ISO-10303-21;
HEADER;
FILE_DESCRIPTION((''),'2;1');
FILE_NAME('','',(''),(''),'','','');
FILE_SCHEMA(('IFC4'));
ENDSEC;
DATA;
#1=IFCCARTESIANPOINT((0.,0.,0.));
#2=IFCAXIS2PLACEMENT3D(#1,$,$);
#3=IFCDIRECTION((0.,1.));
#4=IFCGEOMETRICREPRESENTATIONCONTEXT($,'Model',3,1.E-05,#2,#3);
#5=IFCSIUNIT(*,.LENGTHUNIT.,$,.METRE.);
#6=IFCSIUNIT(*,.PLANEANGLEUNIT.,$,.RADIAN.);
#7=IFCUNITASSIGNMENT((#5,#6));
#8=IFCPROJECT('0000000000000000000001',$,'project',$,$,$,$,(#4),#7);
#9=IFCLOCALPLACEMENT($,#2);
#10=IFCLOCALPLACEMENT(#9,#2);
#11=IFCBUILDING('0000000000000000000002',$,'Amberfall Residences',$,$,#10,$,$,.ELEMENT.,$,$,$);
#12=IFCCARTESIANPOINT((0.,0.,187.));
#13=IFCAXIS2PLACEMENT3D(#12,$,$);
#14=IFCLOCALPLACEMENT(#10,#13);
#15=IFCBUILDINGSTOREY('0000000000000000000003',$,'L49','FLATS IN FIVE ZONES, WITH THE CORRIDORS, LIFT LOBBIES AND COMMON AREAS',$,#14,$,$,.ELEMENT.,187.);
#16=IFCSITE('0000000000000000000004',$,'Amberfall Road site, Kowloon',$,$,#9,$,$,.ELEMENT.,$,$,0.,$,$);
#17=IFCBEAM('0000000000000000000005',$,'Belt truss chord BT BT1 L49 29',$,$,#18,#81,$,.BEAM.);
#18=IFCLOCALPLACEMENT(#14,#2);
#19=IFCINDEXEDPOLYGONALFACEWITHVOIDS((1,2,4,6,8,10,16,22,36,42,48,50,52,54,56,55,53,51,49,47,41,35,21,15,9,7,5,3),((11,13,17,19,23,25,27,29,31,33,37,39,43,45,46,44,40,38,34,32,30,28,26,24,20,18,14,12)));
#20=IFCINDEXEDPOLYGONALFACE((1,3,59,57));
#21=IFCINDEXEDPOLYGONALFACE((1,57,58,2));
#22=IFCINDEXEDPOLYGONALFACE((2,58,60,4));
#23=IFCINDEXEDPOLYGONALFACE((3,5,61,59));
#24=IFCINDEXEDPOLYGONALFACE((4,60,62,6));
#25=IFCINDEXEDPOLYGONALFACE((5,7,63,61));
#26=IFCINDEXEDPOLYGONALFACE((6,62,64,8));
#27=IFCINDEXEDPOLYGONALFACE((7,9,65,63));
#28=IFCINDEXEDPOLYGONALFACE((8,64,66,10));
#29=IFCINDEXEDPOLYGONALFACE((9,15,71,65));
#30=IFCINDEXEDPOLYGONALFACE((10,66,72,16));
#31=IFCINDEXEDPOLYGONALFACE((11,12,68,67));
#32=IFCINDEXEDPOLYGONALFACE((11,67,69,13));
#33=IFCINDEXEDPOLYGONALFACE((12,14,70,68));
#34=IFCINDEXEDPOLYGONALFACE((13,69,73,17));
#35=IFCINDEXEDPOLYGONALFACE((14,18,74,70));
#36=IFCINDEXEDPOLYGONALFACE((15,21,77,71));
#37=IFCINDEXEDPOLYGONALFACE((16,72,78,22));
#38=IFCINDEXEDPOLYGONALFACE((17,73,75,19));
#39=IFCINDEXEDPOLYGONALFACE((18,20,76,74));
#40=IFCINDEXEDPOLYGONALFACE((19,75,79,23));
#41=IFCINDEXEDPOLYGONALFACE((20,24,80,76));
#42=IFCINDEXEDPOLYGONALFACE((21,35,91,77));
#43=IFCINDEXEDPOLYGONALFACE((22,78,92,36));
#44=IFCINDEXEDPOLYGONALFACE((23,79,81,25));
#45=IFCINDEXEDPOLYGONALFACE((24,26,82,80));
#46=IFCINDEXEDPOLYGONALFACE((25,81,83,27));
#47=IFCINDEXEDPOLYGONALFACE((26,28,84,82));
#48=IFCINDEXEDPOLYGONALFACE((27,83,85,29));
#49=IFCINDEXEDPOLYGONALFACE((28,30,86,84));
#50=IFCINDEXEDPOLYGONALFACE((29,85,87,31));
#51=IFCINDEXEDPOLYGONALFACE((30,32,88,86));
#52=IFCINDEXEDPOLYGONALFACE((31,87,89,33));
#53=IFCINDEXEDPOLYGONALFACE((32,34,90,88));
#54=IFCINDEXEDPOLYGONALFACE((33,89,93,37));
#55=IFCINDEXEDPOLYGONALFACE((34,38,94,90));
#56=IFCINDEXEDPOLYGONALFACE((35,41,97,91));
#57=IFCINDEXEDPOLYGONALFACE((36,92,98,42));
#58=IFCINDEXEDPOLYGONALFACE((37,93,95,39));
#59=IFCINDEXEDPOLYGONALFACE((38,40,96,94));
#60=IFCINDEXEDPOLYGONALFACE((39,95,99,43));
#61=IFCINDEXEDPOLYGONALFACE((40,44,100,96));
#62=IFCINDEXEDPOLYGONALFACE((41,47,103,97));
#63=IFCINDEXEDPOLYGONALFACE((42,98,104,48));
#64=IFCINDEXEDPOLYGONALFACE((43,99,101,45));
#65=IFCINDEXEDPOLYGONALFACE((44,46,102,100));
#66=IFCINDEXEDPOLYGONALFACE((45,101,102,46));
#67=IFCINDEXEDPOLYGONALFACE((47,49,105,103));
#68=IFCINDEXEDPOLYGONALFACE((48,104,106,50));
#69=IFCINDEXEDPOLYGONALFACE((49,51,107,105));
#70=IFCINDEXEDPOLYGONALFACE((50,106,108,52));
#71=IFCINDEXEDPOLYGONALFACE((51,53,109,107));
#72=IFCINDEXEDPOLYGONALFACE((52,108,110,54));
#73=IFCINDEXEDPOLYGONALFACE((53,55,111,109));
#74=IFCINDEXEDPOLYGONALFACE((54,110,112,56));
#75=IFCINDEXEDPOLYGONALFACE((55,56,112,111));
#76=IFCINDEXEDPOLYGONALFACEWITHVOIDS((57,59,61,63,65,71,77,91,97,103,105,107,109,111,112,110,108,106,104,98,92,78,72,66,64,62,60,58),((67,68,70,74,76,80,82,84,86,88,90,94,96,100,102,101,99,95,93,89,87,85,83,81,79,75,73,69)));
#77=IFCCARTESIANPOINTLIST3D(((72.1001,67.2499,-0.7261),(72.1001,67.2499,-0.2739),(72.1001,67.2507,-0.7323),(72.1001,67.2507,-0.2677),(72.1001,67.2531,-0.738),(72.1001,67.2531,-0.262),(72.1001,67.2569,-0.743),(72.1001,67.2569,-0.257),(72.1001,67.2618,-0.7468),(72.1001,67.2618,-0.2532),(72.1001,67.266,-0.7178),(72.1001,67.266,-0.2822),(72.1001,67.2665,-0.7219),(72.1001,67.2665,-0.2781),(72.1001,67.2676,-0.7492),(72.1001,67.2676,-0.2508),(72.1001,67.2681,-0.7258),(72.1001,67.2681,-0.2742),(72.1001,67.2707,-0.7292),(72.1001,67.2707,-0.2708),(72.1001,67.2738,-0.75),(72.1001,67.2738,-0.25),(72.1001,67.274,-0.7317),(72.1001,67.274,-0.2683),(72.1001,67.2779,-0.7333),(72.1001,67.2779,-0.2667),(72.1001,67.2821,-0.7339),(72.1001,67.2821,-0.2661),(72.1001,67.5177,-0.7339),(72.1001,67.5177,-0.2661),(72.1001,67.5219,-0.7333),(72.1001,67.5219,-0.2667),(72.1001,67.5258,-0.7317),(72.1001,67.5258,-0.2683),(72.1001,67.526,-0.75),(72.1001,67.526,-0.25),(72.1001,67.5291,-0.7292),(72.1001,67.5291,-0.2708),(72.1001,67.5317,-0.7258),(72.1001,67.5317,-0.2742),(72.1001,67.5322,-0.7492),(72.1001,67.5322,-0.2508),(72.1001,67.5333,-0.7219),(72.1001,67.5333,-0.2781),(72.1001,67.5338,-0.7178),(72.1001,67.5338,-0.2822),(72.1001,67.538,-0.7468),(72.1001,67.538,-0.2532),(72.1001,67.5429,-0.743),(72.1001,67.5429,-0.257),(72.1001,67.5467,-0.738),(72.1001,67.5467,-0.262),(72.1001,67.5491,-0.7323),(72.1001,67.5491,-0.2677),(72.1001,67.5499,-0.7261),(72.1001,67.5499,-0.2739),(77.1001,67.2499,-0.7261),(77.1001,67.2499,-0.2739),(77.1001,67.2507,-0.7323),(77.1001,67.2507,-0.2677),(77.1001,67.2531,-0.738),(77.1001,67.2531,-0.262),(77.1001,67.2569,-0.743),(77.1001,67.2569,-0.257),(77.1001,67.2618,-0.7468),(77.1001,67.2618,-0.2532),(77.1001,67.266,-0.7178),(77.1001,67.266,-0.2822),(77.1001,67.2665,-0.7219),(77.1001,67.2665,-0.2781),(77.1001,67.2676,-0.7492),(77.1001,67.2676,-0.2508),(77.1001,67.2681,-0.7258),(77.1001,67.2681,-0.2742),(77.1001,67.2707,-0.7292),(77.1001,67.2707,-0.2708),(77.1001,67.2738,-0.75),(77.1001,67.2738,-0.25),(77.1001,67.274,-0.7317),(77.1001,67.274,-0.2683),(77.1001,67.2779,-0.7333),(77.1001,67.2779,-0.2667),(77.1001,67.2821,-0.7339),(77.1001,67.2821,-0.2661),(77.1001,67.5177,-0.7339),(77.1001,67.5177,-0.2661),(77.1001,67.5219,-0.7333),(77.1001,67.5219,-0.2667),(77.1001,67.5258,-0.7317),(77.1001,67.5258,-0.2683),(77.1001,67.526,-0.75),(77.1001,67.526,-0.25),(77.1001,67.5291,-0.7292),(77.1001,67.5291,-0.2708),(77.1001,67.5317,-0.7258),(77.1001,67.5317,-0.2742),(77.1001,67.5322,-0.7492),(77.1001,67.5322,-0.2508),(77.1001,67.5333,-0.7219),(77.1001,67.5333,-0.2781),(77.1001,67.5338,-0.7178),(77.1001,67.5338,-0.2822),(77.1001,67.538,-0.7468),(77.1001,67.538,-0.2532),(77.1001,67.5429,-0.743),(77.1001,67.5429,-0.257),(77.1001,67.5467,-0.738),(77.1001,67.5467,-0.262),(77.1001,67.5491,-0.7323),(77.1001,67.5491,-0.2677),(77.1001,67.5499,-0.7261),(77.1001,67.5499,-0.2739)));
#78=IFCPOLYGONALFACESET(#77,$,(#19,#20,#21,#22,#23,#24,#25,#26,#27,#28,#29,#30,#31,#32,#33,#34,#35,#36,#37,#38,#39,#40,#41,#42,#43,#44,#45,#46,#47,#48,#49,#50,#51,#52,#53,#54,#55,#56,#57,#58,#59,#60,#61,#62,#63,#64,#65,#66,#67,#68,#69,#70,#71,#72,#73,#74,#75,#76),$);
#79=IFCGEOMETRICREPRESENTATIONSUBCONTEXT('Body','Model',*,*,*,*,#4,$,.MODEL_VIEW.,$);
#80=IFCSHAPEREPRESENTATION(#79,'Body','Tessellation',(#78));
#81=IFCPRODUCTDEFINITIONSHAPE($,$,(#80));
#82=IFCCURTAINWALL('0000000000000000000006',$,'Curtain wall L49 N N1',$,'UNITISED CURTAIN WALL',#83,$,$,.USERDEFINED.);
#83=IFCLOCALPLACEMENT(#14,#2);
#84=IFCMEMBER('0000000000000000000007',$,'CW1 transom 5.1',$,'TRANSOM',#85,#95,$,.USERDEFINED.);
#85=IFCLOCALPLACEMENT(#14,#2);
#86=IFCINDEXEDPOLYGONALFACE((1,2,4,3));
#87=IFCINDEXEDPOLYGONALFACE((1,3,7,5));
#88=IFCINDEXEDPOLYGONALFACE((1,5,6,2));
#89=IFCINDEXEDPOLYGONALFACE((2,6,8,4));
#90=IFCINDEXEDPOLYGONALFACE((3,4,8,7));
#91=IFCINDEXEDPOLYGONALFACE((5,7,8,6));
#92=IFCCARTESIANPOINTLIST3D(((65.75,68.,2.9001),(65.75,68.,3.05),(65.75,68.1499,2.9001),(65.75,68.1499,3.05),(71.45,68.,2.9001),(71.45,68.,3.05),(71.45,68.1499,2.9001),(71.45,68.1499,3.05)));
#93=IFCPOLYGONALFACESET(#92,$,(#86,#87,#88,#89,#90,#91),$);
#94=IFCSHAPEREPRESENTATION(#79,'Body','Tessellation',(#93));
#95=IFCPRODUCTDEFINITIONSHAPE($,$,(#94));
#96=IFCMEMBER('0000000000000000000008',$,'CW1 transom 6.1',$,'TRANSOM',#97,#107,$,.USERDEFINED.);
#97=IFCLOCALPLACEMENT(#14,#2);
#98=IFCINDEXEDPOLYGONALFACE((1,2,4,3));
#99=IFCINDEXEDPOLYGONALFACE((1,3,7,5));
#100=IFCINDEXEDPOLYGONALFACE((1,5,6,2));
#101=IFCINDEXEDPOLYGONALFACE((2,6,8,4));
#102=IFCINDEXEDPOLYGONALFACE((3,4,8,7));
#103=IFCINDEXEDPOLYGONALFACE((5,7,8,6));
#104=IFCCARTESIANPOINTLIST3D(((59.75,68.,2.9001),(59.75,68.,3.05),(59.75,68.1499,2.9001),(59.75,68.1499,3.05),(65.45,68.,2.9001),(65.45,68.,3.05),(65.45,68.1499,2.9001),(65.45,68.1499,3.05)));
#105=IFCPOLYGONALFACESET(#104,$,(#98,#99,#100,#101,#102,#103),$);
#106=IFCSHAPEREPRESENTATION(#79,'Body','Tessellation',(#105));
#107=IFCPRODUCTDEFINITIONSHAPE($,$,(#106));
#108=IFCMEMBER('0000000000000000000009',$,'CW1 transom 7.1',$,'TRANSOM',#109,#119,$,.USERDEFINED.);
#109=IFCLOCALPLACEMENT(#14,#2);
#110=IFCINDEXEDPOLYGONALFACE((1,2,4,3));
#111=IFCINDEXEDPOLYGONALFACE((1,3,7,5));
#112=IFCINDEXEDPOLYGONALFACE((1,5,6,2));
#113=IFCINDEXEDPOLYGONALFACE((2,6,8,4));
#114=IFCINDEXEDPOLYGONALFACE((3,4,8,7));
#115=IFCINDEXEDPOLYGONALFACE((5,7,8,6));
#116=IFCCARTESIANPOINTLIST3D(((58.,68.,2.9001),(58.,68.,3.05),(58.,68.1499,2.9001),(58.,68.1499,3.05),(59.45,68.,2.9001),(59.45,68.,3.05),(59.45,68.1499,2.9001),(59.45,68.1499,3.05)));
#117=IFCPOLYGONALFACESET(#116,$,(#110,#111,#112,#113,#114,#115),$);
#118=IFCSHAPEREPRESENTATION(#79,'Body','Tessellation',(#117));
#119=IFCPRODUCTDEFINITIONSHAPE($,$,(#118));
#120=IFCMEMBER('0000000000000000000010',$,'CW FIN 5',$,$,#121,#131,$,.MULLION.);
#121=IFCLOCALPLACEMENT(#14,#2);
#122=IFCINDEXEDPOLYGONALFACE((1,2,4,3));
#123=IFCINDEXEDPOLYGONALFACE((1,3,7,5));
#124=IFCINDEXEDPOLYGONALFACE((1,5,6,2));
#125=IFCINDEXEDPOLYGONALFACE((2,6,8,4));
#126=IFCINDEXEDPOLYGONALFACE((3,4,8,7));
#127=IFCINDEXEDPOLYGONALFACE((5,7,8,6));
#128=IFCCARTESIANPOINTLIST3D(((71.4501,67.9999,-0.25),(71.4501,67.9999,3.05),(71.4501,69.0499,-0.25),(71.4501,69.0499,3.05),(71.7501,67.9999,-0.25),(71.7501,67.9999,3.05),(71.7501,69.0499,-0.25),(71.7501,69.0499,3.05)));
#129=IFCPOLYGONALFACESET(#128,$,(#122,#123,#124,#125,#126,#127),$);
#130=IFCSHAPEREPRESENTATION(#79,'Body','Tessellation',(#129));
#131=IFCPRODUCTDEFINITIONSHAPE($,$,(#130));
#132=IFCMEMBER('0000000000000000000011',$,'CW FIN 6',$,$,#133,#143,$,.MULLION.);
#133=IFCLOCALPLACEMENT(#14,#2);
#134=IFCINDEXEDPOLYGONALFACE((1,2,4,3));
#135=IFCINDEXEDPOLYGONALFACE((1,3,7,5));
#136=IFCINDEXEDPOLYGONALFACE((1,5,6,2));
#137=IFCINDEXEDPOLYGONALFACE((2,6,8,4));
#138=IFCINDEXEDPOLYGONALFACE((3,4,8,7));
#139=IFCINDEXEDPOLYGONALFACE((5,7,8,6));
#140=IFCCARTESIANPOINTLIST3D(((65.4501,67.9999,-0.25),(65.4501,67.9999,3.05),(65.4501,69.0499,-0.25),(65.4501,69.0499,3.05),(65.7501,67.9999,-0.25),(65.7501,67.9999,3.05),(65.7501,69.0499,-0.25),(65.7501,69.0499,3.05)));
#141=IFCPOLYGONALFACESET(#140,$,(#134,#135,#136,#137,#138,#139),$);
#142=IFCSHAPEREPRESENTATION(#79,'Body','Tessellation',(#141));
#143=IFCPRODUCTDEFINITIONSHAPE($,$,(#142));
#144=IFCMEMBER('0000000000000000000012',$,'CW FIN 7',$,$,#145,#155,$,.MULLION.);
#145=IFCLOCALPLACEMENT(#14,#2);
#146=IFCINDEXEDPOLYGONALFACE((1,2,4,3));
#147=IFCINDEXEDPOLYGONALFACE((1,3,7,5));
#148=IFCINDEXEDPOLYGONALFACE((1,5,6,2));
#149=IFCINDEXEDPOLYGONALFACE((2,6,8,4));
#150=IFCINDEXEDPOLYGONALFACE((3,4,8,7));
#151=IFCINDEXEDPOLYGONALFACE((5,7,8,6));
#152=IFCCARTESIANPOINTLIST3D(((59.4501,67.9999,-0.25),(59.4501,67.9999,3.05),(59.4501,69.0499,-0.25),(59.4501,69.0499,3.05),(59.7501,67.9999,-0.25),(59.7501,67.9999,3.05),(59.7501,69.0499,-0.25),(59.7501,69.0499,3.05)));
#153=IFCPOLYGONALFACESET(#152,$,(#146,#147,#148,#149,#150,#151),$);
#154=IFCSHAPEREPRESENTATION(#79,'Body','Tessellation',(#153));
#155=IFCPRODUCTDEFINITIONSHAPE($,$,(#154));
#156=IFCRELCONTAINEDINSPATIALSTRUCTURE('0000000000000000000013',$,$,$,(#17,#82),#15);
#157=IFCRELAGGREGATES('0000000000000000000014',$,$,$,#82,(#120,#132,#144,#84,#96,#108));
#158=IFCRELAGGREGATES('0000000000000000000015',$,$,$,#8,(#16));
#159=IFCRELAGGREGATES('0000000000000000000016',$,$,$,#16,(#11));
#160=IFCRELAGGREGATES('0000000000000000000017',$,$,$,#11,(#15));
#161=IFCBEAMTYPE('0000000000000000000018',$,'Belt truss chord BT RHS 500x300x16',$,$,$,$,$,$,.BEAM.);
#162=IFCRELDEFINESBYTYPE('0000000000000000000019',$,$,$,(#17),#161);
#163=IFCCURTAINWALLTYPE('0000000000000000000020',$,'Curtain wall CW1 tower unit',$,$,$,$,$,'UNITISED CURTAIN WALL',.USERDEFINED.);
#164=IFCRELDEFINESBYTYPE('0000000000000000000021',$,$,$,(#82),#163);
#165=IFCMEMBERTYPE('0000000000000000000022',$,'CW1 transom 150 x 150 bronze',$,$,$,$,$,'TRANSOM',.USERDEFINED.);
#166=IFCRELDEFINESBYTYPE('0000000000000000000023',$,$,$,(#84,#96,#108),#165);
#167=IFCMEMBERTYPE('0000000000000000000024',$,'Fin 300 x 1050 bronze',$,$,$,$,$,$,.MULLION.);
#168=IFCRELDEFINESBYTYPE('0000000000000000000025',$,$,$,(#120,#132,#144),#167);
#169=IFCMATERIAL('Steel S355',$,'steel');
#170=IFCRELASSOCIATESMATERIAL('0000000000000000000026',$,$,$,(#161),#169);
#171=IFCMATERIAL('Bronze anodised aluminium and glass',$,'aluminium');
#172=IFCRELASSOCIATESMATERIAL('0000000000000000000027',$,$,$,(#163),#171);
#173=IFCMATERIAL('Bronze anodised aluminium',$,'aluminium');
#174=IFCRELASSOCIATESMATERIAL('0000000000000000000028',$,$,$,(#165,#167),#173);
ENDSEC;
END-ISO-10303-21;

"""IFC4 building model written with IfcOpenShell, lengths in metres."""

from ifc_helpers import new_model, si_unit, direction, frame, origin, origin_2d, place, context, subcontext, project, spatial, rectangle, hollow_rectangle, extrude, material, material_profile, profile_set, type_object, element, aggregate, save


model = new_model("IFC4")

# Units and contexts
model_context = context("Model", 3, precision=1e-05, world=origin(), true_north=direction((0.0, 1.0)))
body_context = subcontext(model_context, "Body", "Model", "MODEL_VIEW")
ifc_project = project(units=[si_unit("LENGTHUNIT", "METRE"), si_unit("PLANEANGLEUNIT", "RADIAN")], contexts=[model_context])

# Site, building, storey
site_placement = place(None, origin())
site = spatial("IfcSite", under=ifc_project, at=site_placement, Name="Amberfall Road site, Kowloon", CompositionType="ELEMENT", RefElevation=0.0)
building_placement = place(site_placement, origin())
building = spatial("IfcBuilding", under=site, at=building_placement, Name="Amberfall Residences", CompositionType="ELEMENT")
storey_placement = place(building_placement, frame((0.0, 0.0, 187.0)))
storey = spatial("IfcBuildingStorey", under=building, at=storey_placement, Name="L49", Description="FLATS IN FIVE ZONES, WITH THE CORRIDORS, LIFT LOBBIES AND COMMON AREAS", CompositionType="ELEMENT", Elevation=187.0)

# Beam
ifc_material_1 = material(Name="Steel S355", Category="steel")
ifc_material_profile_1 = material_profile(ifc_material_1, hollow_rectangle(XDim=0.3, YDim=0.5, WallThickness=0.0161, InnerFilletRadius=0.0161, OuterFilletRadius=0.0239, at=origin_2d()), Name="RHS 500x300x16")
ifc_profile_set_1 = profile_set([ifc_material_profile_1], Name="Steel S355")
beam_type_1 = type_object("IfcBeamType", Name="Belt truss chord BT RHS 500x300x16", PredefinedType="BEAM", material=ifc_profile_set_1)
for number, where, z_axis, x_axis, name in (
    (1, (72.1001, 67.3999, -0.5), (1.0, 0.0, 0.0), (0.0, 1.0, 0.0), "Belt truss chord BT BT1 L49 29"),
):
    element("IfcBeam", number, at=place(storey_placement, frame(where, z_axis=z_axis, x_axis=x_axis)), inside=storey, type_object=beam_type_1, Name=name, PredefinedType="BEAM", context=body_context, shape_type="SweptSolid", body=[
        extrude(hollow_rectangle(XDim=0.3, YDim=0.5, WallThickness=0.0161, InnerFilletRadius=0.0161, OuterFilletRadius=0.0239, at=origin_2d()), origin(), (0.0, 0.0, 1.0), 5.0),
    ])

# Curtain wall, members
ifc_material_2 = material(Name="Bronze anodised aluminium and glass", Category="aluminium")
curtain_wall_type = type_object("IfcCurtainWallType", Name="Curtain wall CW1 tower unit", ElementType="UNITISED CURTAIN WALL", PredefinedType="USERDEFINED", material=ifc_material_2)
curtain_wall_placement = place(storey_placement, origin())
curtain_wall = element("IfcCurtainWall", 2, at=curtain_wall_placement, inside=storey, type_object=curtain_wall_type, Name="Curtain wall L49 N N1", ObjectType="UNITISED CURTAIN WALL", PredefinedType="USERDEFINED")
ifc_material_3 = material(Name="Bronze anodised aluminium", Category="aluminium")
ifc_material_profile_2 = material_profile(ifc_material_3, rectangle(XDim=0.1499, YDim=0.1499, at=origin_2d()), Name="CW1 transom 150 x 150 bronze")
ifc_profile_set_2 = profile_set([ifc_material_profile_2], Name="Bronze anodised aluminium")
member_type_1 = type_object("IfcMemberType", Name="CW1 transom 150 x 150 bronze", ElementType="TRANSOM", PredefinedType="USERDEFINED", material=ifc_profile_set_2)
member_1_placement = place(storey_placement, frame((71.45, 68.075, 2.9751), z_axis=(-1.0, 0.0, 0.0), x_axis=(0.0, -1.0, 0.0)))
member_1 = element("IfcMember", 3, at=member_1_placement, type_object=member_type_1, Name="CW1 transom 5.1", ObjectType="TRANSOM", PredefinedType="USERDEFINED", context=body_context, shape_type="SweptSolid", body=[
    extrude(rectangle(XDim=0.1499, YDim=0.1499, at=origin_2d()), origin(), (0.0, 0.0, 1.0), 5.7),
])
member_2_placement = place(storey_placement, frame((65.45, 68.075, 2.9751), z_axis=(-1.0, 0.0, 0.0), x_axis=(0.0, -1.0, 0.0)))
member_2 = element("IfcMember", 4, at=member_2_placement, type_object=member_type_1, Name="CW1 transom 6.1", ObjectType="TRANSOM", PredefinedType="USERDEFINED", context=body_context, shape_type="SweptSolid", body=[
    extrude(rectangle(XDim=0.1499, YDim=0.1499, at=origin_2d()), origin(), (0.0, 0.0, 1.0), 5.7),
])
member_3_placement = place(storey_placement, frame((59.45, 68.075, 2.9751), z_axis=(-1.0, 0.0, 0.0), x_axis=(0.0, -1.0, 0.0)))
member_3 = element("IfcMember", 5, at=member_3_placement, type_object=member_type_1, Name="CW1 transom 7.1", ObjectType="TRANSOM", PredefinedType="USERDEFINED", context=body_context, shape_type="SweptSolid", body=[
    extrude(rectangle(XDim=0.1499, YDim=0.1499, at=origin_2d()), origin(), (0.0, 0.0, 1.0), 1.45),
])
ifc_material_profile_3 = material_profile(ifc_material_3, rectangle(XDim=1.05, YDim=0.3, at=origin_2d()), Name="Fin 300 x 1050 bronze")
ifc_profile_set_3 = profile_set([ifc_material_profile_3], Name="Bronze anodised aluminium")
member_type_2 = type_object("IfcMemberType", Name="Fin 300 x 1050 bronze", PredefinedType="MULLION", material=ifc_profile_set_3)
member_4_placement = place(storey_placement, frame((71.6001, 68.5249, -0.25), z_axis=(0.0, 0.0, 1.0), x_axis=(0.0, -1.0, 0.0)))
member_4 = element("IfcMember", 6, at=member_4_placement, type_object=member_type_2, Name="CW FIN 5", PredefinedType="MULLION", context=body_context, shape_type="SweptSolid", body=[
    extrude(rectangle(XDim=1.05, YDim=0.3, at=origin_2d()), origin(), (0.0, 0.0, 1.0), 3.3),
])
member_5_placement = place(storey_placement, frame((65.6001, 68.5249, -0.25), z_axis=(0.0, 0.0, 1.0), x_axis=(0.0, -1.0, 0.0)))
member_5 = element("IfcMember", 7, at=member_5_placement, type_object=member_type_2, Name="CW FIN 6", PredefinedType="MULLION", context=body_context, shape_type="SweptSolid", body=[
    extrude(rectangle(XDim=1.05, YDim=0.3, at=origin_2d()), origin(), (0.0, 0.0, 1.0), 3.3),
])
member_6_placement = place(storey_placement, frame((59.6001, 68.5249, -0.25), z_axis=(0.0, 0.0, 1.0), x_axis=(0.0, -1.0, 0.0)))
member_6 = element("IfcMember", 8, at=member_6_placement, type_object=member_type_2, Name="CW FIN 7", PredefinedType="MULLION", context=body_context, shape_type="SweptSolid", body=[
    extrude(rectangle(XDim=1.05, YDim=0.3, at=origin_2d()), origin(), (0.0, 0.0, 1.0), 3.3),
])

aggregate(curtain_wall, [member_4, member_5, member_6, member_1, member_2, member_3])

save(model, "model.ifc")
